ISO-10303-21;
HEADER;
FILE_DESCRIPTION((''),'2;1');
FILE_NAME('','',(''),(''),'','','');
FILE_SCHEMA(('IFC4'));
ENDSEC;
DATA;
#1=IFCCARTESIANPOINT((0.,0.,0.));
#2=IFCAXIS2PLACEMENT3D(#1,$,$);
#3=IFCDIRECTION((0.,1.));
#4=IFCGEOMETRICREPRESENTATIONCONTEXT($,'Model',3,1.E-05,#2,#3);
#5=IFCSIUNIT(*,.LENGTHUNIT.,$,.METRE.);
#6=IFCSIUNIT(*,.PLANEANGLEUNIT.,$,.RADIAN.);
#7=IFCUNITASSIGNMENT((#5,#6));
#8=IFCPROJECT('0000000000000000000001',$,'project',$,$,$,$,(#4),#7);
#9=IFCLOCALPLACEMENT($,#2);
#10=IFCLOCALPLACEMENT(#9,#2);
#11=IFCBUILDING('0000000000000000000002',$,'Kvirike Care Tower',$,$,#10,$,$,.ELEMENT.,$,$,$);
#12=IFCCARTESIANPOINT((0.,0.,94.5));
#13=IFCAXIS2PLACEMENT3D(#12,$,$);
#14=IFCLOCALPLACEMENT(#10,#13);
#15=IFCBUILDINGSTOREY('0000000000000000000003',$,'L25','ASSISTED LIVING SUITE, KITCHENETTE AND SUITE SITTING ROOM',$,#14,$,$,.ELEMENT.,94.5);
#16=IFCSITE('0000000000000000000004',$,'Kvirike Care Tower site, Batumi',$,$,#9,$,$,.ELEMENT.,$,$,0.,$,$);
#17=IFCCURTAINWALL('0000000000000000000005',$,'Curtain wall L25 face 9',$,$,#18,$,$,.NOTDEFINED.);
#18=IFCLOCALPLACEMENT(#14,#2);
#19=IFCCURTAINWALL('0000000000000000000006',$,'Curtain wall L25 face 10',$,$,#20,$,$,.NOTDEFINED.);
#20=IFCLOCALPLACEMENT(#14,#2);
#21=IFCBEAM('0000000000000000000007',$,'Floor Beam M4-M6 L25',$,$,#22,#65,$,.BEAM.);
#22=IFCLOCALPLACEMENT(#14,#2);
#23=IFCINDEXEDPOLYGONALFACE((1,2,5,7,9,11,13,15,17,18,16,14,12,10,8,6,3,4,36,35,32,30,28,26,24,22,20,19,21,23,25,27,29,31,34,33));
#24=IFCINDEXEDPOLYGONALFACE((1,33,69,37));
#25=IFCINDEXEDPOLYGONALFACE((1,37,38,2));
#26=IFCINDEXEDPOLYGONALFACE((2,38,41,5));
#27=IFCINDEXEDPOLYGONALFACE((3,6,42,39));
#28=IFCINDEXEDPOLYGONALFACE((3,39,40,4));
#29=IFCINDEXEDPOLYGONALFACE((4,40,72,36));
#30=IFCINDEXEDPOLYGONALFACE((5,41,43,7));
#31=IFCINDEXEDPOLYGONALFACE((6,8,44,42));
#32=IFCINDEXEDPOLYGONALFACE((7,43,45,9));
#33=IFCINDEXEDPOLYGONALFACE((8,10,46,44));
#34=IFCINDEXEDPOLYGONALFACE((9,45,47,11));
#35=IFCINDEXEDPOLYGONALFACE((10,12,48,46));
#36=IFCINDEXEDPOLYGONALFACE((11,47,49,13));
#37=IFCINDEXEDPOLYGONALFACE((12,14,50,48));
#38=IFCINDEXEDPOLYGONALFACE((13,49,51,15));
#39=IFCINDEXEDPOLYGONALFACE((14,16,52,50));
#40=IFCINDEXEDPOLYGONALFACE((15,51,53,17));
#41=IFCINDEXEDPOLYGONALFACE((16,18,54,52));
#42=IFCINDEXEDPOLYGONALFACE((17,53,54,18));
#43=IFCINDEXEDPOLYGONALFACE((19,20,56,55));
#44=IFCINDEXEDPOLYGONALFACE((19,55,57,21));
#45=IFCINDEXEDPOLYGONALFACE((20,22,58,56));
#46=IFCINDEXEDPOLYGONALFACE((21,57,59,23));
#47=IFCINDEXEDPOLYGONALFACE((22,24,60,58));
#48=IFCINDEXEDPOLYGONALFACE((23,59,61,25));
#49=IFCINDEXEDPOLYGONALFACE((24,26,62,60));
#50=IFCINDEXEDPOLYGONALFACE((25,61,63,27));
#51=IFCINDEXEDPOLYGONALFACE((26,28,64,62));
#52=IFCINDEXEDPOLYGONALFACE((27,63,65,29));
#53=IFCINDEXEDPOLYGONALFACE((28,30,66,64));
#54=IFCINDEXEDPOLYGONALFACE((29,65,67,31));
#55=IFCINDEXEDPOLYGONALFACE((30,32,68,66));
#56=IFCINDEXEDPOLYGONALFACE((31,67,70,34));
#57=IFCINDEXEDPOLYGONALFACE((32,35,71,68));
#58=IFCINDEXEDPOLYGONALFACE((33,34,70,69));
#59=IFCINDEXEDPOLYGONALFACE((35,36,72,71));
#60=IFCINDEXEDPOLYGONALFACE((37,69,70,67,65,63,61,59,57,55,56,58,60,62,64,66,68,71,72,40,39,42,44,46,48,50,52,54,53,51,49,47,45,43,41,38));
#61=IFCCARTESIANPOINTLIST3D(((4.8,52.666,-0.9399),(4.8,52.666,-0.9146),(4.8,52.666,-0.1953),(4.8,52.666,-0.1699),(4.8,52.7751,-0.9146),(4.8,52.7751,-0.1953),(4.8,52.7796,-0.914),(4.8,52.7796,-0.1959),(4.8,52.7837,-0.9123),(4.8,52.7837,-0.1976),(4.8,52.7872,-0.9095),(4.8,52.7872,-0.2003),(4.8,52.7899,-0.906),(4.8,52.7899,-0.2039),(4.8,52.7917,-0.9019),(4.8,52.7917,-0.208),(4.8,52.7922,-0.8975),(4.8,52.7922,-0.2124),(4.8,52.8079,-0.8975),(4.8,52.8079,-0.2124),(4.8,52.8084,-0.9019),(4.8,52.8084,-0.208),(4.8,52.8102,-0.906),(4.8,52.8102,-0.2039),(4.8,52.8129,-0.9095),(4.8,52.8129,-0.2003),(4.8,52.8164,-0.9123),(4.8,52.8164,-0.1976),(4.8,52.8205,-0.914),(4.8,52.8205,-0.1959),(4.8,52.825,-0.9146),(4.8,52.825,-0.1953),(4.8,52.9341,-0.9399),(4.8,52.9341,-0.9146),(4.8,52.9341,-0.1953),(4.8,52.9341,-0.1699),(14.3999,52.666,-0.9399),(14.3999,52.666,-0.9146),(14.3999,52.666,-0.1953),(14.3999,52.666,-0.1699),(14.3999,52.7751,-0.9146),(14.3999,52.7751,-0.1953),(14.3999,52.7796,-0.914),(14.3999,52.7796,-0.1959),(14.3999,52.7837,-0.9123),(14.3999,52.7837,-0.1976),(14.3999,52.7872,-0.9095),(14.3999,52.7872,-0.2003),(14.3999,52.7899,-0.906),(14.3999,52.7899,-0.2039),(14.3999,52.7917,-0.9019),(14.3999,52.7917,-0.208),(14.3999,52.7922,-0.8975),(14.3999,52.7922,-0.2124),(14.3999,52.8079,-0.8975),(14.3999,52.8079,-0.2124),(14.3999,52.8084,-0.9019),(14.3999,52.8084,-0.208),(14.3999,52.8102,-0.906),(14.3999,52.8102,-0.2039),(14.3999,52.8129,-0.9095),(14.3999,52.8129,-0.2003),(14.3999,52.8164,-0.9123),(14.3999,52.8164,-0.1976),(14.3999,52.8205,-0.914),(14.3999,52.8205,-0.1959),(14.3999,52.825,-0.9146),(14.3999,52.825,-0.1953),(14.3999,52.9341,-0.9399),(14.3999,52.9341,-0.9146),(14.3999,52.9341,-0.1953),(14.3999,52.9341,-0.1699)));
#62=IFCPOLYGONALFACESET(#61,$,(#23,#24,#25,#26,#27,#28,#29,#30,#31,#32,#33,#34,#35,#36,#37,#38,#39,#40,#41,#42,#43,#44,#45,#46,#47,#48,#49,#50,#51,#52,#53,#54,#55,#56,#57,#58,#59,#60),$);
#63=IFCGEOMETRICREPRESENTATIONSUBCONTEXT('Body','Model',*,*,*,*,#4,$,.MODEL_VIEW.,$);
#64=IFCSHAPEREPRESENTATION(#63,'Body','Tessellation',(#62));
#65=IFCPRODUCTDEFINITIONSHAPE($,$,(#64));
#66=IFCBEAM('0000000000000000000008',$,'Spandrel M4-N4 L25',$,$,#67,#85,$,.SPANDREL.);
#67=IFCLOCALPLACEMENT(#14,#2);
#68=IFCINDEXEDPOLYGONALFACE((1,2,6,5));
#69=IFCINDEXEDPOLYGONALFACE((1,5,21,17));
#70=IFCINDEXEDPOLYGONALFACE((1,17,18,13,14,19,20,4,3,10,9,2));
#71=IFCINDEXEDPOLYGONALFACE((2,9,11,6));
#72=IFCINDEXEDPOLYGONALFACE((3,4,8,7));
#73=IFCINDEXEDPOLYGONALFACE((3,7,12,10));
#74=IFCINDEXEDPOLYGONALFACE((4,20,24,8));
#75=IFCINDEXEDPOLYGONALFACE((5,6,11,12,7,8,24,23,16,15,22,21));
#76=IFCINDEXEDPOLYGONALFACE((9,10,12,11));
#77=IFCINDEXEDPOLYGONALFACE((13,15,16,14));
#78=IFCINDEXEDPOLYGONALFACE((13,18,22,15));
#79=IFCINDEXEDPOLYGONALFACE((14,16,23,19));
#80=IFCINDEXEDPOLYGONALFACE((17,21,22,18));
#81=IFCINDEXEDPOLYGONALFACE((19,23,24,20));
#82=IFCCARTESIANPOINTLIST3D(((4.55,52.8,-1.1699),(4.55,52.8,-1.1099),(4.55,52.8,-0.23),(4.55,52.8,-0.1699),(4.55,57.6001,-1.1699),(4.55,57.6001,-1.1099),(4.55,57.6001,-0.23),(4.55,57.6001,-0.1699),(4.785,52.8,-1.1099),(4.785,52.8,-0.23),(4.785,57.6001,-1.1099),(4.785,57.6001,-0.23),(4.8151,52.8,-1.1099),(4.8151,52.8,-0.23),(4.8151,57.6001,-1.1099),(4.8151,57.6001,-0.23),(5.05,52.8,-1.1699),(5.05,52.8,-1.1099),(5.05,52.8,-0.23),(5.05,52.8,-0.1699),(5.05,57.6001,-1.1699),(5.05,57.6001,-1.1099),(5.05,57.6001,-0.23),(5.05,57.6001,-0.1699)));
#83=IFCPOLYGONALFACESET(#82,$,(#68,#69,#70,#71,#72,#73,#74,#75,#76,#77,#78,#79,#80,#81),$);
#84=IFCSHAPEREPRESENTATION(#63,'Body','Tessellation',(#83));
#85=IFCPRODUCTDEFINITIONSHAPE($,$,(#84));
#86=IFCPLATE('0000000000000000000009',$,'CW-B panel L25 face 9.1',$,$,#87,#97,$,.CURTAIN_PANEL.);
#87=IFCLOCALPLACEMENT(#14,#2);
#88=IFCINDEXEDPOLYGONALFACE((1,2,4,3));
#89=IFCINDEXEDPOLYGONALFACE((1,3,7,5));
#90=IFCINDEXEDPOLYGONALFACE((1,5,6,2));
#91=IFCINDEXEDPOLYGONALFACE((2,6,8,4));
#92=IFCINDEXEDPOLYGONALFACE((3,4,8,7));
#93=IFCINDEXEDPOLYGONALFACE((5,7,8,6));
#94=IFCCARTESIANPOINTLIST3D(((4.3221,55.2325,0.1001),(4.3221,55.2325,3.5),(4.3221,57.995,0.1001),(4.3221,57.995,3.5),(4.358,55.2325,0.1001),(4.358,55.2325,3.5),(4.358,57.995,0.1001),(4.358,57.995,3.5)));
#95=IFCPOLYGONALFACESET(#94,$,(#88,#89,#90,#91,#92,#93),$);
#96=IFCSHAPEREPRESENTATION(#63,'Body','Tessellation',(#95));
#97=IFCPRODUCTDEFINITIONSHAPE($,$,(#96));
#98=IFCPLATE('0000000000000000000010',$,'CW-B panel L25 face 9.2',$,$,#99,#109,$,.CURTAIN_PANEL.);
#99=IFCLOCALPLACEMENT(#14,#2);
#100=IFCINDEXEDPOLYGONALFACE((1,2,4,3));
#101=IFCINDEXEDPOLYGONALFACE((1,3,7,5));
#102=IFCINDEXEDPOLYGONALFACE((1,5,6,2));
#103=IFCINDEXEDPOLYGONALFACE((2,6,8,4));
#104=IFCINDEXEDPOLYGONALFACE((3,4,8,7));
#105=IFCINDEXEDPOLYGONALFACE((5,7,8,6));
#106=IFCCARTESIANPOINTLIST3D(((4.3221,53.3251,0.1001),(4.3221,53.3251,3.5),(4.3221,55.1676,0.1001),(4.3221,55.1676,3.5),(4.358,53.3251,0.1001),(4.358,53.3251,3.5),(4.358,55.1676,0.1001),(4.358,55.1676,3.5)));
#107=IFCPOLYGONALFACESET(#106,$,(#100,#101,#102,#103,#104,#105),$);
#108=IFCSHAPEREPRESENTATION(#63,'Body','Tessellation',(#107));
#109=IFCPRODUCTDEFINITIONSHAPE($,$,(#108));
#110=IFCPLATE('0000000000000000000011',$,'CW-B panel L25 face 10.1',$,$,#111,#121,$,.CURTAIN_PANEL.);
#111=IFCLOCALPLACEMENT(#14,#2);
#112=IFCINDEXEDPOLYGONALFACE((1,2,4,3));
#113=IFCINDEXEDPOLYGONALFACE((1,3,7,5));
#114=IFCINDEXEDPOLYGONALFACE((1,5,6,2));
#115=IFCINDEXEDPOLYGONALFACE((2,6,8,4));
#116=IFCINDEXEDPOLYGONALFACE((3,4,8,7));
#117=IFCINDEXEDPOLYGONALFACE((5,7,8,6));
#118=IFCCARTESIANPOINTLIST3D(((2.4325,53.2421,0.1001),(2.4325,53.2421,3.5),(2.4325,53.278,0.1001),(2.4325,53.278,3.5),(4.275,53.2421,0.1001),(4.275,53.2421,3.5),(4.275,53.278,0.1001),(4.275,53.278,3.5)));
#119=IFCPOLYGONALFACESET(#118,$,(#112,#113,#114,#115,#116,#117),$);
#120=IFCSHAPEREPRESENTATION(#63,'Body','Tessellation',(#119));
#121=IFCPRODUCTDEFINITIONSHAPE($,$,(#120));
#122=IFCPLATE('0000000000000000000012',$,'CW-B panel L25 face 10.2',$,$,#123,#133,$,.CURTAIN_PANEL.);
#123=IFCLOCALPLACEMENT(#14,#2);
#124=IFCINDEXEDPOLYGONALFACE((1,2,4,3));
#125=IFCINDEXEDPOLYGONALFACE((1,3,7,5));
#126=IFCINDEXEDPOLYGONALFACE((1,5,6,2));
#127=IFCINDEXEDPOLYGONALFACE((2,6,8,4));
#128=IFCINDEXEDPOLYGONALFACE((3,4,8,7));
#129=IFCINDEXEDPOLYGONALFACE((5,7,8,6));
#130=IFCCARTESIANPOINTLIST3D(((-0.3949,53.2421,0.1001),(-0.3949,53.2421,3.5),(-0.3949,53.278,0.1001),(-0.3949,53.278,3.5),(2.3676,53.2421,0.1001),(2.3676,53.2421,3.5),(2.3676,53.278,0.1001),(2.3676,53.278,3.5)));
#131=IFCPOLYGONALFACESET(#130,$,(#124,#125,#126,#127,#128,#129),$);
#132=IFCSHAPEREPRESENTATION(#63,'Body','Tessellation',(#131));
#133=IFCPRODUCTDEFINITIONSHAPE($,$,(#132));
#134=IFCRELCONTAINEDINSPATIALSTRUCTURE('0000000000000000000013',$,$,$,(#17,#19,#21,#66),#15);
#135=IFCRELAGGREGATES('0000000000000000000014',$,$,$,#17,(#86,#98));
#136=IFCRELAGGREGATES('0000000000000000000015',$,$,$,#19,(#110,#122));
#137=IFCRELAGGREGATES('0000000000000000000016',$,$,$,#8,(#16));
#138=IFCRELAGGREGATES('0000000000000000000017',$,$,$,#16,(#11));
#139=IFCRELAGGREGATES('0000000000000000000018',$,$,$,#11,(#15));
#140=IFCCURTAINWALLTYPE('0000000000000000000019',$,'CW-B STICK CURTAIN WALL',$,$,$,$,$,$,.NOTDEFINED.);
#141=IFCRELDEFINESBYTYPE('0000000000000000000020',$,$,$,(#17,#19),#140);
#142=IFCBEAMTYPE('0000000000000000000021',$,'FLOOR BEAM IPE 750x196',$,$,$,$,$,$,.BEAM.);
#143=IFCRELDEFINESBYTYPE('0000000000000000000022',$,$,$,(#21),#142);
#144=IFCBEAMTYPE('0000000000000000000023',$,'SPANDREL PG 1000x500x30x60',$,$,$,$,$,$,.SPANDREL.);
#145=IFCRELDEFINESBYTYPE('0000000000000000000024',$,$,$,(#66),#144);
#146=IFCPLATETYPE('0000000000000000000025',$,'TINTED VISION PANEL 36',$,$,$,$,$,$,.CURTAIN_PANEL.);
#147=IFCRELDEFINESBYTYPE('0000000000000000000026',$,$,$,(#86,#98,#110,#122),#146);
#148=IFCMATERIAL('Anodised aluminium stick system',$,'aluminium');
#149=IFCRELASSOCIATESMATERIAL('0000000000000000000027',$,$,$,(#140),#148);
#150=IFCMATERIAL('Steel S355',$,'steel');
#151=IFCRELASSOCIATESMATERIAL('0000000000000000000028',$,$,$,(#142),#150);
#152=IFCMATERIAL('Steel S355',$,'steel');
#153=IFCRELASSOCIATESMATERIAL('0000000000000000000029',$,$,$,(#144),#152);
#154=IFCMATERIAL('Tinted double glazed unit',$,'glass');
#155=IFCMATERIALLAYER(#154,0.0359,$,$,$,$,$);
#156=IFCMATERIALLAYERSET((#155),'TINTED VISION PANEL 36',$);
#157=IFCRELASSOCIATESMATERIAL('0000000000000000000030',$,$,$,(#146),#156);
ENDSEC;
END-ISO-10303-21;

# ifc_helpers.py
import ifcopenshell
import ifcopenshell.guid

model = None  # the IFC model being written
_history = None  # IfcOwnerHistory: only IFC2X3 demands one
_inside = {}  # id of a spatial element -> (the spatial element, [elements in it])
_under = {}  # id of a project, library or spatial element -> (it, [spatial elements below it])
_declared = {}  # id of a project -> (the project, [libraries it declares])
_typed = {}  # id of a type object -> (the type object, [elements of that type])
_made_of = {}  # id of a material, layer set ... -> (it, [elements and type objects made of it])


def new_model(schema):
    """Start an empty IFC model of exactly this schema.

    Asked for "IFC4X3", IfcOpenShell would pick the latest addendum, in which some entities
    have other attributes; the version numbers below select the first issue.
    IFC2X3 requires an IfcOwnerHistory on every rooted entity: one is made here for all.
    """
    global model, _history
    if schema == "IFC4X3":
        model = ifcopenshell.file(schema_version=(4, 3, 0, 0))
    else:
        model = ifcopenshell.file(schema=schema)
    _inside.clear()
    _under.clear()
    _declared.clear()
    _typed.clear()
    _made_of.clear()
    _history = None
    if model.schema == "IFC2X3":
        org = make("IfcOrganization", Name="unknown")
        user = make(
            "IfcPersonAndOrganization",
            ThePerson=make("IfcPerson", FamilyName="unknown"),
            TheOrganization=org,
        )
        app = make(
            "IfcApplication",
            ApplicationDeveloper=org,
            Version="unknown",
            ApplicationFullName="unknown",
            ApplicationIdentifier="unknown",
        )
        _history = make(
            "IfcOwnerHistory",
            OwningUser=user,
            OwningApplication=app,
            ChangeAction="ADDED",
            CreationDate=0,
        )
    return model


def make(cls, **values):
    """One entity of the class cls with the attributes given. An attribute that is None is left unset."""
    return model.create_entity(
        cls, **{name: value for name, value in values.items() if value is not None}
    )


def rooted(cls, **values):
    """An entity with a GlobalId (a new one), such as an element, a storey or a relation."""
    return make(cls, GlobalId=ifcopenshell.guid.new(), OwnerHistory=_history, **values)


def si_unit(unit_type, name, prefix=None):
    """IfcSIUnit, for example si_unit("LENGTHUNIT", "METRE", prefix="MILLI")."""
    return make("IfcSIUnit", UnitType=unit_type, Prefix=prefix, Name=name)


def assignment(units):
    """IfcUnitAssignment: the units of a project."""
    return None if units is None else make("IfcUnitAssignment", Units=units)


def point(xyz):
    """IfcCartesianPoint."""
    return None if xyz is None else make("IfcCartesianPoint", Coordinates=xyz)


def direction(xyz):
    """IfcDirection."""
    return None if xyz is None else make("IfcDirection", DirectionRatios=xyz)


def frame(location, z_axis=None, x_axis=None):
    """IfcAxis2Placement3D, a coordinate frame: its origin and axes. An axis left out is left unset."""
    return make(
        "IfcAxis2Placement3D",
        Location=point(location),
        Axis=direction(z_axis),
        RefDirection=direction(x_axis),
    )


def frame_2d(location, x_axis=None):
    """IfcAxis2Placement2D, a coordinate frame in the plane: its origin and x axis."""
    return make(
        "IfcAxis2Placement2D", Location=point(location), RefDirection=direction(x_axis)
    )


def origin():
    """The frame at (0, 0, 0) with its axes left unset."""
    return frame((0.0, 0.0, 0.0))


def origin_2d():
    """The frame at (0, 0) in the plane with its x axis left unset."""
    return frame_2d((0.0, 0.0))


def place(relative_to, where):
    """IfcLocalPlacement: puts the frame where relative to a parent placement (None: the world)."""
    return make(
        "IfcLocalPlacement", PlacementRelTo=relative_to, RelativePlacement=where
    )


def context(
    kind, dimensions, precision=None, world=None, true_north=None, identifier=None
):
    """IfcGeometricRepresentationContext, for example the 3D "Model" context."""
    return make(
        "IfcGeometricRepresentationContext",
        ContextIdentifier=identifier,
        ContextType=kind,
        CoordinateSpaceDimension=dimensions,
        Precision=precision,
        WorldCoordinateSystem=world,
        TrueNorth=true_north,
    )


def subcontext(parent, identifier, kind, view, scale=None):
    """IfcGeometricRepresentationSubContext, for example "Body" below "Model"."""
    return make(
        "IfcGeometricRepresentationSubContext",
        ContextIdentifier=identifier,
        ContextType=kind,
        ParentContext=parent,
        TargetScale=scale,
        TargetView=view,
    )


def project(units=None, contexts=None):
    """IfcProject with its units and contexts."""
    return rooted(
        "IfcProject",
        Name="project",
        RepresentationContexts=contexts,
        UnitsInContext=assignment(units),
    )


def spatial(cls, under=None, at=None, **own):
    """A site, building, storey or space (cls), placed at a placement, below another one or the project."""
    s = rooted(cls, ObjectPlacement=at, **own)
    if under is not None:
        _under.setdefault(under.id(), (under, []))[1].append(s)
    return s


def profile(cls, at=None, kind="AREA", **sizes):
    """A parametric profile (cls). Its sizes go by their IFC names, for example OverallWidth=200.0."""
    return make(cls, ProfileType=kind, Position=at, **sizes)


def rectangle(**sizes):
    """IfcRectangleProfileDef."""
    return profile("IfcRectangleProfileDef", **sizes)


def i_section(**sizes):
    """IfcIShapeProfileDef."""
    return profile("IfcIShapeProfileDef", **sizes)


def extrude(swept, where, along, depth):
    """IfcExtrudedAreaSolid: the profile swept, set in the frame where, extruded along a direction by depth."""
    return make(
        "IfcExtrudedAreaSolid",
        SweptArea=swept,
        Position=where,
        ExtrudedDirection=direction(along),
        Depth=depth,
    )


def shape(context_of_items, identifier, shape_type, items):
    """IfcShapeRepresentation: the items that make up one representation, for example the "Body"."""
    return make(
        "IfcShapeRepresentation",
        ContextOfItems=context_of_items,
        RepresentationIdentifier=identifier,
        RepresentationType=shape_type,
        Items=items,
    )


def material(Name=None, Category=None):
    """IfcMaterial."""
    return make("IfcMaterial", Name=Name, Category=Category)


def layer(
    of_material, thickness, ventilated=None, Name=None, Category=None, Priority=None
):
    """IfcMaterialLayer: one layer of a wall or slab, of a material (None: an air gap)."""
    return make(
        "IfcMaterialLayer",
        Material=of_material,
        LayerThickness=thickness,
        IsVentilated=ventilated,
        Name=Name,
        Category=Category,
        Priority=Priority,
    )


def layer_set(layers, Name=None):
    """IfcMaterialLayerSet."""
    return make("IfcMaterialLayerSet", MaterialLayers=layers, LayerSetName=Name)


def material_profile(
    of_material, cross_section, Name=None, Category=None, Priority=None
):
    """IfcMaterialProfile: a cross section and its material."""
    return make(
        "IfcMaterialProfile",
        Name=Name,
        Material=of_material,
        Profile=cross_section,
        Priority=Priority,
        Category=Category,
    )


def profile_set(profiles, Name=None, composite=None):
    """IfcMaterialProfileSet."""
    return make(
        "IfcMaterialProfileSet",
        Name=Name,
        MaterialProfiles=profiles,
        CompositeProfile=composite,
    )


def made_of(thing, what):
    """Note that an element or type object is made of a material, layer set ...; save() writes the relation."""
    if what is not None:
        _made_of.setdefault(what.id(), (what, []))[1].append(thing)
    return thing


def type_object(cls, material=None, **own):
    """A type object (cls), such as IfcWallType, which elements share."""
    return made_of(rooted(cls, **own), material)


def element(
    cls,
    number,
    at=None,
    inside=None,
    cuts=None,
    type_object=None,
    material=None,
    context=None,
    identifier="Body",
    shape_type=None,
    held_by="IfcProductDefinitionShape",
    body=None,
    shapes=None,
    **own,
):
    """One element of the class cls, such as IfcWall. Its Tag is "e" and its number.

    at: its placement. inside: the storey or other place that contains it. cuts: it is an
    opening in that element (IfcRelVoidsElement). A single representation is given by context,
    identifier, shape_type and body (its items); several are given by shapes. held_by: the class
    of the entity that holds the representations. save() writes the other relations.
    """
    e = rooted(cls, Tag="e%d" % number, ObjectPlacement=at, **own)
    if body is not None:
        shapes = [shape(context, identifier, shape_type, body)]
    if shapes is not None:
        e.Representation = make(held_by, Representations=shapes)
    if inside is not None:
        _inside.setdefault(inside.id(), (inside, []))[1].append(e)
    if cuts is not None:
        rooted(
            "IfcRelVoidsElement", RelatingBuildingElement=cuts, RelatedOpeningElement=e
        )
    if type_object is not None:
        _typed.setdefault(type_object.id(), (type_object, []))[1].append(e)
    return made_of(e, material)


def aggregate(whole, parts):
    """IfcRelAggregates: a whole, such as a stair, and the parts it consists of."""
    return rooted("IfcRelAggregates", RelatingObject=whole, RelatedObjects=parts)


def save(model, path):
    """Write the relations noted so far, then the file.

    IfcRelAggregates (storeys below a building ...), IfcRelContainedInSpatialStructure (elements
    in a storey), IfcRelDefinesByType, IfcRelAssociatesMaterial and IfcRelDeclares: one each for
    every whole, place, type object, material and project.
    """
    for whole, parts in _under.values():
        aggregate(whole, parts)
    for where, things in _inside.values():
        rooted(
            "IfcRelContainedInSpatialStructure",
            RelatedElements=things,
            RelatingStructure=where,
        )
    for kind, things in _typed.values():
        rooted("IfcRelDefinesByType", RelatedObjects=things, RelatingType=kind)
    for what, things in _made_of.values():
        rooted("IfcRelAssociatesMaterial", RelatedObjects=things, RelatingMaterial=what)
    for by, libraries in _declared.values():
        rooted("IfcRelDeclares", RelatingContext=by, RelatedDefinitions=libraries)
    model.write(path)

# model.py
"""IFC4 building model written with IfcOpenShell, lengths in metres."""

from ifc_helpers import new_model, si_unit, direction, frame, origin, origin_2d, place, context, subcontext, project, spatial, rectangle, i_section, extrude, material, layer, layer_set, material_profile, profile_set, type_object, element, aggregate, save


model = new_model("IFC4")

# Units and contexts
model_context = context("Model", 3, precision=1e-05, world=origin(), true_north=direction((0.0, 1.0)))
body_context = subcontext(model_context, "Body", "Model", "MODEL_VIEW")
ifc_project = project(units=[si_unit("LENGTHUNIT", "METRE"), si_unit("PLANEANGLEUNIT", "RADIAN")], contexts=[model_context])

# Site, building, storey
site_placement = place(None, origin())
site = spatial("IfcSite", under=ifc_project, at=site_placement, Name="Kvirike Care Tower site, Batumi", CompositionType="ELEMENT", RefElevation=0.0)
building_placement = place(site_placement, origin())
building = spatial("IfcBuilding", under=site, at=building_placement, Name="Kvirike Care Tower", CompositionType="ELEMENT")
storey_placement = place(building_placement, frame((0.0, 0.0, 94.5)))
storey = spatial("IfcBuildingStorey", under=building, at=storey_placement, Name="L25", Description="ASSISTED LIVING SUITE, KITCHENETTE AND SUITE SITTING ROOM", CompositionType="ELEMENT", Elevation=94.5)

# Curtain wall
ifc_material_1 = material(Name="Anodised aluminium stick system", Category="aluminium")
curtain_wall_type = type_object("IfcCurtainWallType", Name="CW-B STICK CURTAIN WALL", PredefinedType="NOTDEFINED", material=ifc_material_1)
curtain_wall_1_placement = place(storey_placement, origin())
curtain_wall_1 = element("IfcCurtainWall", 1, at=curtain_wall_1_placement, inside=storey, type_object=curtain_wall_type, Name="Curtain wall L25 face 9", PredefinedType="NOTDEFINED")

# Curtain wall
curtain_wall_2_placement = place(storey_placement, origin())
curtain_wall_2 = element("IfcCurtainWall", 2, at=curtain_wall_2_placement, inside=storey, type_object=curtain_wall_type, Name="Curtain wall L25 face 10", PredefinedType="NOTDEFINED")

# Beams
ifc_material_2 = material(Name="Steel S355", Category="steel")
ifc_material_profile_1 = material_profile(ifc_material_2, i_section(OverallWidth=0.2681, OverallDepth=0.77, WebThickness=0.0156, FlangeThickness=0.0254, FilletRadius=0.0171, at=origin_2d()), Name="IPE 750x196")
ifc_profile_set_1 = profile_set([ifc_material_profile_1], Name="Steel S355")
beam_type_1 = type_object("IfcBeamType", Name="FLOOR BEAM IPE 750x196", PredefinedType="BEAM", material=ifc_profile_set_1)
beam_1_placement = place(storey_placement, frame((4.8, 52.8, -0.5549), z_axis=(1.0, 0.0, 0.0), x_axis=(0.0, 1.0, 0.0)))
element("IfcBeam", 3, at=beam_1_placement, inside=storey, type_object=beam_type_1, Name="Floor Beam M4-M6 L25", PredefinedType="BEAM", context=body_context, shape_type="SweptSolid", body=[
    extrude(i_section(OverallWidth=0.2681, OverallDepth=0.77, WebThickness=0.0156, FlangeThickness=0.0254, FilletRadius=0.0171, at=origin_2d()), origin(), (0.0, 0.0, 1.0), 9.5999),
])
ifc_material_3 = material(Name="Steel S355", Category="steel")
ifc_material_profile_2 = material_profile(ifc_material_3, i_section(OverallWidth=0.5, OverallDepth=1.0, WebThickness=0.03, FlangeThickness=0.0601, at=origin_2d()), Name="PG 1000x500x30x60")
ifc_profile_set_2 = profile_set([ifc_material_profile_2], Name="Steel S355")
beam_type_2 = type_object("IfcBeamType", Name="SPANDREL PG 1000x500x30x60", PredefinedType="SPANDREL", material=ifc_profile_set_2)
beam_2_placement = place(storey_placement, frame((4.8, 52.8, -0.6699), z_axis=(0.0, 1.0, 0.0), x_axis=(-1.0, 0.0, 0.0)))
element("IfcBeam", 4, at=beam_2_placement, inside=storey, type_object=beam_type_2, Name="Spandrel M4-N4 L25", PredefinedType="SPANDREL", context=body_context, shape_type="SweptSolid", body=[
    extrude(i_section(OverallWidth=0.5, OverallDepth=1.0, WebThickness=0.03, FlangeThickness=0.0601, at=origin_2d()), origin(), (0.0, 0.0, 1.0), 4.8),
])

# Plates
ifc_material_4 = material(Name="Tinted double glazed unit", Category="glass")
ifc_layer = layer(ifc_material_4, 0.0359)
ifc_layer_set = layer_set([ifc_layer], Name="TINTED VISION PANEL 36")
plate_type = type_object("IfcPlateType", Name="TINTED VISION PANEL 36", PredefinedType="CURTAIN_PANEL", material=ifc_layer_set)
plate_1_placement = place(storey_placement, frame((4.3401, 56.6138, 0.1001), z_axis=(0.0, 0.0, 1.0), x_axis=(0.0, -1.0, 0.0)))
plate_1 = element("IfcPlate", 5, at=plate_1_placement, type_object=plate_type, Name="CW-B panel L25 face 9.1", PredefinedType="CURTAIN_PANEL", context=body_context, shape_type="SweptSolid", body=[
    extrude(rectangle(XDim=2.7625, YDim=0.0359, at=origin_2d()), origin(), (0.0, 0.0, 1.0), 3.3999),
])
plate_2_placement = place(storey_placement, frame((4.3401, 54.2463, 0.1001), z_axis=(0.0, 0.0, 1.0), x_axis=(0.0, -1.0, 0.0)))
plate_2 = element("IfcPlate", 6, at=plate_2_placement, type_object=plate_type, Name="CW-B panel L25 face 9.2", PredefinedType="CURTAIN_PANEL", context=body_context, shape_type="SweptSolid", body=[
    extrude(rectangle(XDim=1.8425, YDim=0.0359, at=origin_2d()), origin(), (0.0, 0.0, 1.0), 3.3999),
])
aggregate(curtain_wall_1, [plate_1, plate_2])
plate_3_placement = place(storey_placement, frame((3.3538, 53.26, 0.1001), z_axis=(0.0, 0.0, 1.0), x_axis=(-1.0, 0.0, 0.0)))
plate_3 = element("IfcPlate", 7, at=plate_3_placement, type_object=plate_type, Name="CW-B panel L25 face 10.1", PredefinedType="CURTAIN_PANEL", context=body_context, shape_type="SweptSolid", body=[
    extrude(rectangle(XDim=1.8425, YDim=0.0359, at=origin_2d()), origin(), (0.0, 0.0, 1.0), 3.3999),
])
plate_4_placement = place(storey_placement, frame((0.9863, 53.26, 0.1001), z_axis=(0.0, 0.0, 1.0), x_axis=(-1.0, 0.0, 0.0)))
plate_4 = element("IfcPlate", 8, at=plate_4_placement, type_object=plate_type, Name="CW-B panel L25 face 10.2", PredefinedType="CURTAIN_PANEL", context=body_context, shape_type="SweptSolid", body=[
    extrude(rectangle(XDim=2.7625, YDim=0.0359, at=origin_2d()), origin(), (0.0, 0.0, 1.0), 3.3999),
])
aggregate(curtain_wall_2, [plate_3, plate_4])

save(model, "model.ifc")
